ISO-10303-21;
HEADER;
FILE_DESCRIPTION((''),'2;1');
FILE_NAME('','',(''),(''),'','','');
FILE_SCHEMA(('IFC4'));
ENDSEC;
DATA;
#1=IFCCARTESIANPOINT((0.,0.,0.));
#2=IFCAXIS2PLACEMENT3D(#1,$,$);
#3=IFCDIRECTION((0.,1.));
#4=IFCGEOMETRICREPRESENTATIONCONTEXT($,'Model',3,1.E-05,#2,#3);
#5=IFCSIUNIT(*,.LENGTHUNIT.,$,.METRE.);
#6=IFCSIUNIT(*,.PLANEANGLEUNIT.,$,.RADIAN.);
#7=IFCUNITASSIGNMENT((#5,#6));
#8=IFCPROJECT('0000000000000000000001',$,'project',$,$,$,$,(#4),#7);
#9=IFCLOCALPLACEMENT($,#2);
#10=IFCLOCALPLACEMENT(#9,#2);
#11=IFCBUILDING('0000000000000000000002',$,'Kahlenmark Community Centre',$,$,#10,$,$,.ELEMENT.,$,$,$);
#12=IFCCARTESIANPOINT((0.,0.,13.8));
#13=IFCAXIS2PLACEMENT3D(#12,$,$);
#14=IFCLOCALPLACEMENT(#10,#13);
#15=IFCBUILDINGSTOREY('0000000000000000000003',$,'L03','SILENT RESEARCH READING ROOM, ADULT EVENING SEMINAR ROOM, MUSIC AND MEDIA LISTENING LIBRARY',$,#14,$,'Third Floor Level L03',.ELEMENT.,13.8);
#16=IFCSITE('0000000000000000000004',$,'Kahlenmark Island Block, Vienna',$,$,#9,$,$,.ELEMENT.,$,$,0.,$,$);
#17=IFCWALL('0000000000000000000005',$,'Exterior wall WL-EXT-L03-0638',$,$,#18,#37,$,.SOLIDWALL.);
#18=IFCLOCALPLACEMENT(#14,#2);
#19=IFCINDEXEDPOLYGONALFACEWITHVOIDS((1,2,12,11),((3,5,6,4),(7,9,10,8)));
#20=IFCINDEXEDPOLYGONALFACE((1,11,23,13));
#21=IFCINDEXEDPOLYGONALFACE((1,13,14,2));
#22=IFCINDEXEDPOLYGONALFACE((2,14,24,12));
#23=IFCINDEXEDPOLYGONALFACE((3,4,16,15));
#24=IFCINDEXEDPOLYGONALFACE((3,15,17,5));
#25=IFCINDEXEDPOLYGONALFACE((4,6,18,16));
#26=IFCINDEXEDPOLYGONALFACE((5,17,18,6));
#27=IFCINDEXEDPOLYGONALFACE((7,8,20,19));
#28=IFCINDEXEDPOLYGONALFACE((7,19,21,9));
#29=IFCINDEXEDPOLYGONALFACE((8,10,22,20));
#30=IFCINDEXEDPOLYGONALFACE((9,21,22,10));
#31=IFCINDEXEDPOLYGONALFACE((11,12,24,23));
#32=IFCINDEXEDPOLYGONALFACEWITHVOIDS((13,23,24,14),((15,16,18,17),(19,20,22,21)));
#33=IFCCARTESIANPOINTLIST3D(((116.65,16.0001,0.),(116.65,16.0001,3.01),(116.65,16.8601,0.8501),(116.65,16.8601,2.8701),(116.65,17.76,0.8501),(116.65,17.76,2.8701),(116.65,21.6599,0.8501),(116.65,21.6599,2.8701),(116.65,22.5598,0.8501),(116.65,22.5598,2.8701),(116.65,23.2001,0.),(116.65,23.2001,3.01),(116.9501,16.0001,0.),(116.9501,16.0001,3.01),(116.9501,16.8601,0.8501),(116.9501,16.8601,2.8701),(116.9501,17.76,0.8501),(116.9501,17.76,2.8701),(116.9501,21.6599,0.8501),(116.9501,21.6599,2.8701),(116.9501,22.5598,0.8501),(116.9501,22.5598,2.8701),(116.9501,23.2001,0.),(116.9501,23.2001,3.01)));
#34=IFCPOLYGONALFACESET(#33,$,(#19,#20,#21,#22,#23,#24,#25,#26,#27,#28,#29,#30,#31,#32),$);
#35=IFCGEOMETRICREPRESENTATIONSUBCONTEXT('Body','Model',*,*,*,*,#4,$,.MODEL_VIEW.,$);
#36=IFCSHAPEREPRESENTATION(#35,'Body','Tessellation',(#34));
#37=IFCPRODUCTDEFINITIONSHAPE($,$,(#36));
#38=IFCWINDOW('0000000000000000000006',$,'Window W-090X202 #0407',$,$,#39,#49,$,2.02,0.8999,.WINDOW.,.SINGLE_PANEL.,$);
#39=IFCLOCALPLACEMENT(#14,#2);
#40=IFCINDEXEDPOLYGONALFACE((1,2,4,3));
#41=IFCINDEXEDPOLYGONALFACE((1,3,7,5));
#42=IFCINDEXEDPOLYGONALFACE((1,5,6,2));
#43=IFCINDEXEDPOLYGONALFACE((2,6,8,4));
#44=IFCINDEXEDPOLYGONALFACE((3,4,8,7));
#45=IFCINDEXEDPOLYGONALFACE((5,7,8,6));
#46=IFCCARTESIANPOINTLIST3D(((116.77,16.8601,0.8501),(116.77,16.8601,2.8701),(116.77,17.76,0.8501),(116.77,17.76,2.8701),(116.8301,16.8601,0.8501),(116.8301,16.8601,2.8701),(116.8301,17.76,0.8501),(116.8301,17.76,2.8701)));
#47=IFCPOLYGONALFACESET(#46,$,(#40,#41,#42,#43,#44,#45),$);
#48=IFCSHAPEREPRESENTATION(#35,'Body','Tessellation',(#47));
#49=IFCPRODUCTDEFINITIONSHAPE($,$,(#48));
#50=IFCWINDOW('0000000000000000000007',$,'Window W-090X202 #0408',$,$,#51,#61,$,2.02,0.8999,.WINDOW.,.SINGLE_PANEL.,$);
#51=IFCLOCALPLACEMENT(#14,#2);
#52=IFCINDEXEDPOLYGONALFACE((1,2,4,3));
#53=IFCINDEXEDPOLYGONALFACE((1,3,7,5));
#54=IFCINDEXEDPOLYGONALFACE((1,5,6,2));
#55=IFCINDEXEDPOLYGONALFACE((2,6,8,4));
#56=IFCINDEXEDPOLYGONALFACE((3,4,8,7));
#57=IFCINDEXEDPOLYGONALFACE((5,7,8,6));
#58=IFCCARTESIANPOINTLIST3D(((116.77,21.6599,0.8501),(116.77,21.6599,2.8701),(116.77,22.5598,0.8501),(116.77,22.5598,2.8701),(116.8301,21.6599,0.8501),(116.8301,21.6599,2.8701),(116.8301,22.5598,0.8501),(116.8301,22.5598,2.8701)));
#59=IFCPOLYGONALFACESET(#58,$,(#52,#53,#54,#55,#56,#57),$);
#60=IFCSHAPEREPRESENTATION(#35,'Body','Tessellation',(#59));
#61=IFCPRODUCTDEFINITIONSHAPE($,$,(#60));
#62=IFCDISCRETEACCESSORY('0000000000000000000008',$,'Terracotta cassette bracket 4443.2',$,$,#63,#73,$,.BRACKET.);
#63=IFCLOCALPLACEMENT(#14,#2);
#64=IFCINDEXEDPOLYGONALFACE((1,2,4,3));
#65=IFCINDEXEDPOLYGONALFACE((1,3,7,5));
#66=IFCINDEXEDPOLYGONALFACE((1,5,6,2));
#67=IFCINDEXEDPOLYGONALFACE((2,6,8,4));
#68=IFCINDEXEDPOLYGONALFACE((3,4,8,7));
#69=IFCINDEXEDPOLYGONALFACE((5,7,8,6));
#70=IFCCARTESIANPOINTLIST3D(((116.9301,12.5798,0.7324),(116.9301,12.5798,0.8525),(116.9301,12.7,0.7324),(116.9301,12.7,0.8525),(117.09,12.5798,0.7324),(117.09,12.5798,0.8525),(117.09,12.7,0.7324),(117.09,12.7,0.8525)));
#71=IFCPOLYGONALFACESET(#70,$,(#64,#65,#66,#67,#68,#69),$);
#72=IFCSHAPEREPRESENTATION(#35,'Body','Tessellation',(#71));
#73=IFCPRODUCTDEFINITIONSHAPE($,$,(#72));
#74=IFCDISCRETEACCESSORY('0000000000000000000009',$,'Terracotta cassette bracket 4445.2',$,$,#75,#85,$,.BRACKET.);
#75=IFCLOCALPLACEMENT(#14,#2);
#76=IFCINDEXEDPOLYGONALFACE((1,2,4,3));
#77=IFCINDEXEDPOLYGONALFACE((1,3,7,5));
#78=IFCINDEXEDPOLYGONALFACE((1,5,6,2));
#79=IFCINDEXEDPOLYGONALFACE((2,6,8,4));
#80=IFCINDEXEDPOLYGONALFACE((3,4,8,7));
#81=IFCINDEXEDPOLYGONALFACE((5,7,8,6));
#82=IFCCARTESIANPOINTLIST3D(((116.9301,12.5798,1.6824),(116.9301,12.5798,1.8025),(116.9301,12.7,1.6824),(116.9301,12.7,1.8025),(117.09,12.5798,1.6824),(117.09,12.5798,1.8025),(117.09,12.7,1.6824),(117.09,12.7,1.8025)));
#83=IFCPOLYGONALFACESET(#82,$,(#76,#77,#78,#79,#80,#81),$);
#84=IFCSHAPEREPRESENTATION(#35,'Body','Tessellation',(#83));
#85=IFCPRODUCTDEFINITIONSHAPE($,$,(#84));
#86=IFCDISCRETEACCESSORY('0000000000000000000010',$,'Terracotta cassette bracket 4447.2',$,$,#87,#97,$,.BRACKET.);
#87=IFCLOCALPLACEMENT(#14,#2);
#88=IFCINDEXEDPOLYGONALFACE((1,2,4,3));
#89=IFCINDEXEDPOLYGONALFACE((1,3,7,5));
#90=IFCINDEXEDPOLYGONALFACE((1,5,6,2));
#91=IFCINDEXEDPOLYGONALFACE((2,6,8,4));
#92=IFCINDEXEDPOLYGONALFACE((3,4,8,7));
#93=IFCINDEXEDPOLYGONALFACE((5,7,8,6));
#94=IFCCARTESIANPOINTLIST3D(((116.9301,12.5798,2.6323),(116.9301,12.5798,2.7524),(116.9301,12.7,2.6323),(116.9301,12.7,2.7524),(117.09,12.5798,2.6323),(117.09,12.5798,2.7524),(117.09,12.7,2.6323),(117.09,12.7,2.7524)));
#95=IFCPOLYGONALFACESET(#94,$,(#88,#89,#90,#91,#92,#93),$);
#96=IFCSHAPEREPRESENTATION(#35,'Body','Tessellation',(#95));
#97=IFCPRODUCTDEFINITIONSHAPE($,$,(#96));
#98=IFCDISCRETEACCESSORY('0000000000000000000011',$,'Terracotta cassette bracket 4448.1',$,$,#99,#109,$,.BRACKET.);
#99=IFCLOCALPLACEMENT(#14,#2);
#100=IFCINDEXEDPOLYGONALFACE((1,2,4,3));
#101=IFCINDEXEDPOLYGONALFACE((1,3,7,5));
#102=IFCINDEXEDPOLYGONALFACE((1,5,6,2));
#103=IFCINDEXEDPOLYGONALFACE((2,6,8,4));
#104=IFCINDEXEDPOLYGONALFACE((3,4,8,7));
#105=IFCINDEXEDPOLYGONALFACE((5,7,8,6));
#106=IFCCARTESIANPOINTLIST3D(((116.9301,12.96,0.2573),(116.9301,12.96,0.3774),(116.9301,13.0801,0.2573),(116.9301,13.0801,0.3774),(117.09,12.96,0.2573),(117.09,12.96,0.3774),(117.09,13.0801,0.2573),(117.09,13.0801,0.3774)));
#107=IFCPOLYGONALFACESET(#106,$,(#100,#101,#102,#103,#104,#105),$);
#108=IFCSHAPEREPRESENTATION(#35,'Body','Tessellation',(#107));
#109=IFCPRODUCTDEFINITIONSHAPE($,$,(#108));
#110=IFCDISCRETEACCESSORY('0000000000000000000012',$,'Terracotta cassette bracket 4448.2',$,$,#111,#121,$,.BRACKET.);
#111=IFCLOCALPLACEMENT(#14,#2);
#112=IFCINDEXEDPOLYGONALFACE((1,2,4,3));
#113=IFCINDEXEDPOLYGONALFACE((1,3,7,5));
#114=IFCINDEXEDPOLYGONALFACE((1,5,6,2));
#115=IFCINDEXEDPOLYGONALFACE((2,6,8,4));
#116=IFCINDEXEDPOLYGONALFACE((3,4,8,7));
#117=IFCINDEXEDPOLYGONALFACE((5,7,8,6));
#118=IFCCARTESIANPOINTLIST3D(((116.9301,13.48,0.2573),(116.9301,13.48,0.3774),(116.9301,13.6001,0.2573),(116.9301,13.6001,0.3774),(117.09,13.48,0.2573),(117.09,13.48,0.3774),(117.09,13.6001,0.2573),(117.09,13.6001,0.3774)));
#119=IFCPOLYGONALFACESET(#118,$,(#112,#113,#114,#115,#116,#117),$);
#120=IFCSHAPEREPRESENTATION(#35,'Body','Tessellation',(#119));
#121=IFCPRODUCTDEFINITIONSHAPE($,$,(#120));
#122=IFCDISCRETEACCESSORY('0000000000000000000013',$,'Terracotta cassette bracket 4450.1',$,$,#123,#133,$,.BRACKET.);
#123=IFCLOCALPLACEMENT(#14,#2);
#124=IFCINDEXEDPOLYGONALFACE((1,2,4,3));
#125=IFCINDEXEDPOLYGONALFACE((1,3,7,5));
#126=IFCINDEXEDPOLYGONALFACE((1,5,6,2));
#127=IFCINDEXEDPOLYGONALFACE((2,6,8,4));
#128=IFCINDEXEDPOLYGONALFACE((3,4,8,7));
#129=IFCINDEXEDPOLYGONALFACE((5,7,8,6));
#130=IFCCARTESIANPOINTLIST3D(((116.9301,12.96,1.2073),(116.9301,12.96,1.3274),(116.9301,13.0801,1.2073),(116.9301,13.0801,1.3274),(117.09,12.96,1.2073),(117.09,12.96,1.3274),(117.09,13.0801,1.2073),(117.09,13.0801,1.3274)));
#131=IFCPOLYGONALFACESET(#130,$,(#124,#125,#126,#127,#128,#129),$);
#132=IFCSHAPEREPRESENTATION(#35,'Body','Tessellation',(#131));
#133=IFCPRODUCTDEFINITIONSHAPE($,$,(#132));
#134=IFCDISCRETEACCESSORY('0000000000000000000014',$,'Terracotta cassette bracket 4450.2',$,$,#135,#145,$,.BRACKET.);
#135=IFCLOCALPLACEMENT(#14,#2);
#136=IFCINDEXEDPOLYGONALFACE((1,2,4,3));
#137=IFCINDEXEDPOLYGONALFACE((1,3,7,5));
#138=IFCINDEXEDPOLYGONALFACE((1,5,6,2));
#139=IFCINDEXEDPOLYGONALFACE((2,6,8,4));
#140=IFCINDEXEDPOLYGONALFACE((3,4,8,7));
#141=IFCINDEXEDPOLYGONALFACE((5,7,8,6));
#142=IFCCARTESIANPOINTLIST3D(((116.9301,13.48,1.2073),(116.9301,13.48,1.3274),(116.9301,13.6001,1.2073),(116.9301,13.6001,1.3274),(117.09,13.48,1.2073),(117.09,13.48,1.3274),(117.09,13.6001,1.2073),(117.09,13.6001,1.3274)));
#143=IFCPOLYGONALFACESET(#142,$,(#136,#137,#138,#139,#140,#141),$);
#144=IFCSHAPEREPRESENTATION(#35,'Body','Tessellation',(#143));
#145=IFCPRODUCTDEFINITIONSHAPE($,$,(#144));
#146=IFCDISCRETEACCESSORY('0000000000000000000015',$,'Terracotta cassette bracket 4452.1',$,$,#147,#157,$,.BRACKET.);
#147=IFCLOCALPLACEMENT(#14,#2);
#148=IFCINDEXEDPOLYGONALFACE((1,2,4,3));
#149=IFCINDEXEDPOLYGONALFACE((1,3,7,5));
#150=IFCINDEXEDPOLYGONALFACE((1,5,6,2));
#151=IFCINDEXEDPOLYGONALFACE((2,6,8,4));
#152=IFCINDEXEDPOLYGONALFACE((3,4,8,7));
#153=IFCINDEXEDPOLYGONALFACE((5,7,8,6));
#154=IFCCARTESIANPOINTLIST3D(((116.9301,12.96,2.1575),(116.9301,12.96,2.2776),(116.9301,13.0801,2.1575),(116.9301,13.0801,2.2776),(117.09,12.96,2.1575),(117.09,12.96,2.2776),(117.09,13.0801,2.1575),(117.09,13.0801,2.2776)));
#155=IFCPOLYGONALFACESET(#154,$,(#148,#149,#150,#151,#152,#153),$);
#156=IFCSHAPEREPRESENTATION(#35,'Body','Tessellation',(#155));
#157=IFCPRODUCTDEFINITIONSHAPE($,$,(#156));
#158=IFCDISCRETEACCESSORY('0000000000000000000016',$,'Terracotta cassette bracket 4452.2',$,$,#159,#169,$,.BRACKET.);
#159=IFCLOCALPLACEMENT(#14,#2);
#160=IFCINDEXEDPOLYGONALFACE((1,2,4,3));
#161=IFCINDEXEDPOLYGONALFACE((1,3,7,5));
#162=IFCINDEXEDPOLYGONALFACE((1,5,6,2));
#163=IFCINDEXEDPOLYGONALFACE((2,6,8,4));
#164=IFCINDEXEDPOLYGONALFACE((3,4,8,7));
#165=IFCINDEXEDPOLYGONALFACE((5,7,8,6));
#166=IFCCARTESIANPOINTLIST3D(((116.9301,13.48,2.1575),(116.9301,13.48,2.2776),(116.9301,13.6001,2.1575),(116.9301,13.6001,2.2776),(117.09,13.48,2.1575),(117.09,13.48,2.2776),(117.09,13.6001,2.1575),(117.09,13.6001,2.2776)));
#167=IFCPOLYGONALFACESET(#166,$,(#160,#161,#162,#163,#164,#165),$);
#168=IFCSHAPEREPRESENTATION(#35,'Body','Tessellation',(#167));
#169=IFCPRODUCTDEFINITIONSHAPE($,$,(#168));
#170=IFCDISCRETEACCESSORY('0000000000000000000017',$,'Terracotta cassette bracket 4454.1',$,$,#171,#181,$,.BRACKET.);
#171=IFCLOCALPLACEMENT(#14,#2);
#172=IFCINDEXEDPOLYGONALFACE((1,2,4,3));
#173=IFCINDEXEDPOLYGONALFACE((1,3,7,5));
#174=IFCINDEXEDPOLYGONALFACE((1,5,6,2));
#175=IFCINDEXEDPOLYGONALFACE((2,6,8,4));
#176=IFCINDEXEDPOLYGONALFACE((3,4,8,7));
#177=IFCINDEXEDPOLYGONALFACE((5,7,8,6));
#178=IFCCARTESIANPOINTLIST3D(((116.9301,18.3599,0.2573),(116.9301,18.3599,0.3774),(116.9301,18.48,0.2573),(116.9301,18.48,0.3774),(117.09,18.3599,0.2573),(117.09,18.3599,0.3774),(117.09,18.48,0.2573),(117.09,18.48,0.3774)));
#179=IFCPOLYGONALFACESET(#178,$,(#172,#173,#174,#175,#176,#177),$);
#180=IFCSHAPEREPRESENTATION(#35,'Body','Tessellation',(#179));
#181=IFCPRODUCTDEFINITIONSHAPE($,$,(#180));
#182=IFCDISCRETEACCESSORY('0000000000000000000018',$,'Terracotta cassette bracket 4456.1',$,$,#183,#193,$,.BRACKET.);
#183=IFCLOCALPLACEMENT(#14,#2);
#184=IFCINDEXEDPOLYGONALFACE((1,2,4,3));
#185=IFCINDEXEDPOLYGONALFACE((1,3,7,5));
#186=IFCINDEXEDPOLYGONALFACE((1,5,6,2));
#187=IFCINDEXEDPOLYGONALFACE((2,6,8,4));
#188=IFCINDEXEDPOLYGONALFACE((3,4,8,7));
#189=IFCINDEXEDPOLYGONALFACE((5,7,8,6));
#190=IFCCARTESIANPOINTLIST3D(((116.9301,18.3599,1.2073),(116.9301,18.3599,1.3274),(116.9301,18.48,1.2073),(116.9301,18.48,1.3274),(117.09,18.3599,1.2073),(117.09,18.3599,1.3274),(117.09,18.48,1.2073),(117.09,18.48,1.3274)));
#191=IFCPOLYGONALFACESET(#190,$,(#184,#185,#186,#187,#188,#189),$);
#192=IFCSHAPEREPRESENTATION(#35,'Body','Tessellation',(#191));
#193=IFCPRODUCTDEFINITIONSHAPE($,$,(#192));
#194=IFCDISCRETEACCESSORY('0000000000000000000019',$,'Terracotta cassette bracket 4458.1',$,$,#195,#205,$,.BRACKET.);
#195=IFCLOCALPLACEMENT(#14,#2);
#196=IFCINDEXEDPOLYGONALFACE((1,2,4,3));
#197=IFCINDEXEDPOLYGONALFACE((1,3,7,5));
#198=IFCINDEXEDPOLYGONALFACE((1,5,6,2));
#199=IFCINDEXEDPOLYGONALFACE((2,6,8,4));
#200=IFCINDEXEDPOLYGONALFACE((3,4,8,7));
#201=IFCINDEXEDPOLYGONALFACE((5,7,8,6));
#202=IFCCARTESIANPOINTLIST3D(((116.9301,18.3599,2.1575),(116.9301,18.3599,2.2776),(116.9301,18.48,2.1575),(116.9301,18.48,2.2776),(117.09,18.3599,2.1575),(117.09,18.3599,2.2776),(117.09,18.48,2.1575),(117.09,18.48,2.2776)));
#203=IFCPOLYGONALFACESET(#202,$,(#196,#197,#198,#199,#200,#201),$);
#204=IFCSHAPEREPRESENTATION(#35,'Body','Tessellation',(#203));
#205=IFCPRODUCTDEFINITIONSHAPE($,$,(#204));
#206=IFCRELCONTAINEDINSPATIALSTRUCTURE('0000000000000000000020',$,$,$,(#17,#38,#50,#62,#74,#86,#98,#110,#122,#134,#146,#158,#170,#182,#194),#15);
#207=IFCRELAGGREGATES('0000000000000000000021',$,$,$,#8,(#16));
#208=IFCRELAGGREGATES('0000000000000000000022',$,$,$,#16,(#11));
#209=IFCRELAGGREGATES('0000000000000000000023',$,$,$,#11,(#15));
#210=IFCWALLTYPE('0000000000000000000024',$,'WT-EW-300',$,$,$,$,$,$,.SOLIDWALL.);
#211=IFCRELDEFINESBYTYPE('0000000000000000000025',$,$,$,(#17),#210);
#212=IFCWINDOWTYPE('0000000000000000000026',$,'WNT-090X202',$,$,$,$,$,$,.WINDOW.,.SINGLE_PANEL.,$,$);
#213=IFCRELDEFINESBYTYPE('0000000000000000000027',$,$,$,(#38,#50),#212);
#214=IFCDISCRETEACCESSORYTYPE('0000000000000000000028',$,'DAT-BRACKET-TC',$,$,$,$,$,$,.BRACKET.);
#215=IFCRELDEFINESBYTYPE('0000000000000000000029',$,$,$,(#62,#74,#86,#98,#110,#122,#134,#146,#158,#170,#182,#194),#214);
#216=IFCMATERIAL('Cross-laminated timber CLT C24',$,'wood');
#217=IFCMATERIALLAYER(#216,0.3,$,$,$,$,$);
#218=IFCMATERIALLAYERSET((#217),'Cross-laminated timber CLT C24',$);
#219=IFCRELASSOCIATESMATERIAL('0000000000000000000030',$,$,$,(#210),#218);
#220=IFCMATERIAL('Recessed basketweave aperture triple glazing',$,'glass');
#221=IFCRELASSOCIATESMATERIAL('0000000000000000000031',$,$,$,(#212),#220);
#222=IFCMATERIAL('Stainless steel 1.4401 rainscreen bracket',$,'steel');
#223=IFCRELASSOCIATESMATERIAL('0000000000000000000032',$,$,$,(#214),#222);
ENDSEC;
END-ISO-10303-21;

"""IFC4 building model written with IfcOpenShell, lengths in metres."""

from ifc_helpers import new_model, si_unit, direction, frame, frame_2d, origin, origin_2d, place, context, subcontext, project, spatial, rectangle, extrude, material, layer, layer_set, type_object, element, fill, save


model = new_model("IFC4")

# Units and contexts
model_context = context("Model", 3, precision=1e-05, world=origin(), true_north=direction((0.0, 1.0)))
body_context = subcontext(model_context, "Body", "Model", "MODEL_VIEW")
ifc_project = project(units=[si_unit("LENGTHUNIT", "METRE"), si_unit("PLANEANGLEUNIT", "RADIAN")], contexts=[model_context])

# Site, building, storey
site_placement = place(None, origin())
site = spatial("IfcSite", under=ifc_project, at=site_placement, Name="Kahlenmark Island Block, Vienna", CompositionType="ELEMENT", RefElevation=0.0)
building_placement = place(site_placement, origin())
building = spatial("IfcBuilding", under=site, at=building_placement, Name="Kahlenmark Community Centre", CompositionType="ELEMENT")
storey_placement = place(building_placement, frame((0.0, 0.0, 13.8)))
storey = spatial("IfcBuildingStorey", under=building, at=storey_placement, Name="L03", Description="SILENT RESEARCH READING ROOM, ADULT EVENING SEMINAR ROOM, MUSIC AND MEDIA LISTENING LIBRARY", LongName="Third Floor Level L03", CompositionType="ELEMENT", Elevation=13.8)

# Wall, openings, windows
ifc_material_1 = material(Name="Cross-laminated timber CLT C24", Category="wood")
ifc_layer_1 = layer(ifc_material_1, 0.3)
ifc_layer_set_1 = layer_set([ifc_layer_1], Name="Cross-laminated timber CLT C24")
wall_type = type_object("IfcWallType", Name="WT-EW-300", PredefinedType="SOLIDWALL", material=ifc_layer_set_1)
wall_placement = place(storey_placement, frame((116.8, 16.0, 0.0), z_axis=(0.0, 0.0, 1.0), x_axis=(0.0, 1.0, 0.0)))
wall = element("IfcWall", 1, at=wall_placement, inside=storey, type_object=wall_type, Name="Exterior wall WL-EXT-L03-0638", PredefinedType="SOLIDWALL", context=body_context, shape_type="SweptSolid", body=[
    extrude(rectangle(XDim=7.2, YDim=0.3, at=frame_2d((3.6001, 0.0))), origin(), (0.0, 0.0, 1.0), 3.01),
])
opening_1_placement = place(wall_placement, frame((0.8601, 0.0, 0.8501)))
opening_1 = element("IfcOpeningElement", 2, at=opening_1_placement, cuts=wall, PredefinedType="OPENING", context=body_context, shape_type="SweptSolid", body=[
    extrude(rectangle(XDim=0.8999, YDim=2.02, at=frame_2d((0.45, 1.01))), frame((0.0, 0.1599, 0.0), z_axis=(0.0, -1.0, 0.0), x_axis=(1.0, 0.0, 0.0)), (0.0, 0.0, 1.0), 0.3201),
])
opening_2_placement = place(wall_placement, frame((5.6599, 0.0, 0.8501)))
opening_2 = element("IfcOpeningElement", 3, at=opening_2_placement, cuts=wall, PredefinedType="OPENING", context=body_context, shape_type="SweptSolid", body=[
    extrude(rectangle(XDim=0.8999, YDim=2.02, at=frame_2d((0.45, 1.01))), frame((0.0, 0.1599, 0.0), z_axis=(0.0, -1.0, 0.0), x_axis=(1.0, 0.0, 0.0)), (0.0, 0.0, 1.0), 0.3201),
])
ifc_material_2 = material(Name="Recessed basketweave aperture triple glazing", Category="glass")
window_type = type_object("IfcWindowType", Name="WNT-090X202", PartitioningType="SINGLE_PANEL", PredefinedType="WINDOW", material=ifc_material_2)
window_1_placement = place(opening_1_placement, origin())
window_1 = element("IfcWindow", 4, at=window_1_placement, inside=storey, type_object=window_type, Name="Window W-090X202 #0407", OverallHeight=2.02, OverallWidth=0.8999, PartitioningType="SINGLE_PANEL", PredefinedType="WINDOW", context=body_context, shape_type="SweptSolid", body=[
    extrude(rectangle(XDim=0.8999, YDim=2.02, at=frame_2d((0.45, 1.01))), frame((0.0, 0.03, 0.0), z_axis=(0.0, -1.0, 0.0), x_axis=(1.0, 0.0, 0.0)), (0.0, 0.0, 1.0), 0.0601),
])
fill(opening_1, window_1)
window_2_placement = place(opening_2_placement, origin())
window_2 = element("IfcWindow", 5, at=window_2_placement, inside=storey, type_object=window_type, Name="Window W-090X202 #0408", OverallHeight=2.02, OverallWidth=0.8999, PartitioningType="SINGLE_PANEL", PredefinedType="WINDOW", context=body_context, shape_type="SweptSolid", body=[
    extrude(rectangle(XDim=0.8999, YDim=2.02, at=frame_2d((0.45, 1.01))), frame((0.0, 0.03, 0.0), z_axis=(0.0, -1.0, 0.0), x_axis=(1.0, 0.0, 0.0)), (0.0, 0.0, 1.0), 0.0601),
])
fill(opening_2, window_2)

# Discrete accessories
ifc_material_3 = material(Name="Stainless steel 1.4401 rainscreen bracket", Category="steel")
discrete_accessory_type = type_object("IfcDiscreteAccessoryType", Name="DAT-BRACKET-TC", PredefinedType="BRACKET", material=ifc_material_3)
for number, where, z_axis, x_axis, name in (
    (6, (117.01, 12.6399, 0.7324), (0.0, 0.0, 1.0), (0.0, 1.0, 0.0), "Terracotta cassette bracket 4443.2"),
    (7, (117.01, 12.6399, 1.6824), (0.0, 0.0, 1.0), (0.0, 1.0, 0.0), "Terracotta cassette bracket 4445.2"),
    (8, (117.01, 12.6399, 2.6323), (0.0, 0.0, 1.0), (0.0, 1.0, 0.0), "Terracotta cassette bracket 4447.2"),
    (9, (117.01, 13.02, 0.2573), (0.0, 0.0, 1.0), (0.0, 1.0, 0.0), "Terracotta cassette bracket 4448.1"),
    (10, (117.01, 13.54, 0.2573), (0.0, 0.0, 1.0), (0.0, 1.0, 0.0), "Terracotta cassette bracket 4448.2"),
    (11, (117.01, 13.02, 1.2073), (0.0, 0.0, 1.0), (0.0, 1.0, 0.0), "Terracotta cassette bracket 4450.1"),
    (12, (117.01, 13.54, 1.2073), (0.0, 0.0, 1.0), (0.0, 1.0, 0.0), "Terracotta cassette bracket 4450.2"),
    (13, (117.01, 13.02, 2.1575), (0.0, 0.0, 1.0), (0.0, 1.0, 0.0), "Terracotta cassette bracket 4452.1"),
    (14, (117.01, 13.54, 2.1575), (0.0, 0.0, 1.0), (0.0, 1.0, 0.0), "Terracotta cassette bracket 4452.2"),
    (15, (117.01, 18.4199, 0.2573), (0.0, 0.0, 1.0), (0.0, 1.0, 0.0), "Terracotta cassette bracket 4454.1"),
    (16, (117.01, 18.4199, 1.2073), (0.0, 0.0, 1.0), (0.0, 1.0, 0.0), "Terracotta cassette bracket 4456.1"),
    (17, (117.01, 18.4199, 2.1575), (0.0, 0.0, 1.0), (0.0, 1.0, 0.0), "Terracotta cassette bracket 4458.1"),
):
    element("IfcDiscreteAccessory", number, at=place(storey_placement, frame(where, z_axis=z_axis, x_axis=x_axis)), inside=storey, type_object=discrete_accessory_type, Name=name, PredefinedType="BRACKET", context=body_context, shape_type="SweptSolid", body=[
        extrude(rectangle(XDim=0.1201, YDim=0.1599, at=origin_2d()), origin(), (0.0, 0.0, 1.0), 0.1201),
    ])

save(model, "model.ifc")
